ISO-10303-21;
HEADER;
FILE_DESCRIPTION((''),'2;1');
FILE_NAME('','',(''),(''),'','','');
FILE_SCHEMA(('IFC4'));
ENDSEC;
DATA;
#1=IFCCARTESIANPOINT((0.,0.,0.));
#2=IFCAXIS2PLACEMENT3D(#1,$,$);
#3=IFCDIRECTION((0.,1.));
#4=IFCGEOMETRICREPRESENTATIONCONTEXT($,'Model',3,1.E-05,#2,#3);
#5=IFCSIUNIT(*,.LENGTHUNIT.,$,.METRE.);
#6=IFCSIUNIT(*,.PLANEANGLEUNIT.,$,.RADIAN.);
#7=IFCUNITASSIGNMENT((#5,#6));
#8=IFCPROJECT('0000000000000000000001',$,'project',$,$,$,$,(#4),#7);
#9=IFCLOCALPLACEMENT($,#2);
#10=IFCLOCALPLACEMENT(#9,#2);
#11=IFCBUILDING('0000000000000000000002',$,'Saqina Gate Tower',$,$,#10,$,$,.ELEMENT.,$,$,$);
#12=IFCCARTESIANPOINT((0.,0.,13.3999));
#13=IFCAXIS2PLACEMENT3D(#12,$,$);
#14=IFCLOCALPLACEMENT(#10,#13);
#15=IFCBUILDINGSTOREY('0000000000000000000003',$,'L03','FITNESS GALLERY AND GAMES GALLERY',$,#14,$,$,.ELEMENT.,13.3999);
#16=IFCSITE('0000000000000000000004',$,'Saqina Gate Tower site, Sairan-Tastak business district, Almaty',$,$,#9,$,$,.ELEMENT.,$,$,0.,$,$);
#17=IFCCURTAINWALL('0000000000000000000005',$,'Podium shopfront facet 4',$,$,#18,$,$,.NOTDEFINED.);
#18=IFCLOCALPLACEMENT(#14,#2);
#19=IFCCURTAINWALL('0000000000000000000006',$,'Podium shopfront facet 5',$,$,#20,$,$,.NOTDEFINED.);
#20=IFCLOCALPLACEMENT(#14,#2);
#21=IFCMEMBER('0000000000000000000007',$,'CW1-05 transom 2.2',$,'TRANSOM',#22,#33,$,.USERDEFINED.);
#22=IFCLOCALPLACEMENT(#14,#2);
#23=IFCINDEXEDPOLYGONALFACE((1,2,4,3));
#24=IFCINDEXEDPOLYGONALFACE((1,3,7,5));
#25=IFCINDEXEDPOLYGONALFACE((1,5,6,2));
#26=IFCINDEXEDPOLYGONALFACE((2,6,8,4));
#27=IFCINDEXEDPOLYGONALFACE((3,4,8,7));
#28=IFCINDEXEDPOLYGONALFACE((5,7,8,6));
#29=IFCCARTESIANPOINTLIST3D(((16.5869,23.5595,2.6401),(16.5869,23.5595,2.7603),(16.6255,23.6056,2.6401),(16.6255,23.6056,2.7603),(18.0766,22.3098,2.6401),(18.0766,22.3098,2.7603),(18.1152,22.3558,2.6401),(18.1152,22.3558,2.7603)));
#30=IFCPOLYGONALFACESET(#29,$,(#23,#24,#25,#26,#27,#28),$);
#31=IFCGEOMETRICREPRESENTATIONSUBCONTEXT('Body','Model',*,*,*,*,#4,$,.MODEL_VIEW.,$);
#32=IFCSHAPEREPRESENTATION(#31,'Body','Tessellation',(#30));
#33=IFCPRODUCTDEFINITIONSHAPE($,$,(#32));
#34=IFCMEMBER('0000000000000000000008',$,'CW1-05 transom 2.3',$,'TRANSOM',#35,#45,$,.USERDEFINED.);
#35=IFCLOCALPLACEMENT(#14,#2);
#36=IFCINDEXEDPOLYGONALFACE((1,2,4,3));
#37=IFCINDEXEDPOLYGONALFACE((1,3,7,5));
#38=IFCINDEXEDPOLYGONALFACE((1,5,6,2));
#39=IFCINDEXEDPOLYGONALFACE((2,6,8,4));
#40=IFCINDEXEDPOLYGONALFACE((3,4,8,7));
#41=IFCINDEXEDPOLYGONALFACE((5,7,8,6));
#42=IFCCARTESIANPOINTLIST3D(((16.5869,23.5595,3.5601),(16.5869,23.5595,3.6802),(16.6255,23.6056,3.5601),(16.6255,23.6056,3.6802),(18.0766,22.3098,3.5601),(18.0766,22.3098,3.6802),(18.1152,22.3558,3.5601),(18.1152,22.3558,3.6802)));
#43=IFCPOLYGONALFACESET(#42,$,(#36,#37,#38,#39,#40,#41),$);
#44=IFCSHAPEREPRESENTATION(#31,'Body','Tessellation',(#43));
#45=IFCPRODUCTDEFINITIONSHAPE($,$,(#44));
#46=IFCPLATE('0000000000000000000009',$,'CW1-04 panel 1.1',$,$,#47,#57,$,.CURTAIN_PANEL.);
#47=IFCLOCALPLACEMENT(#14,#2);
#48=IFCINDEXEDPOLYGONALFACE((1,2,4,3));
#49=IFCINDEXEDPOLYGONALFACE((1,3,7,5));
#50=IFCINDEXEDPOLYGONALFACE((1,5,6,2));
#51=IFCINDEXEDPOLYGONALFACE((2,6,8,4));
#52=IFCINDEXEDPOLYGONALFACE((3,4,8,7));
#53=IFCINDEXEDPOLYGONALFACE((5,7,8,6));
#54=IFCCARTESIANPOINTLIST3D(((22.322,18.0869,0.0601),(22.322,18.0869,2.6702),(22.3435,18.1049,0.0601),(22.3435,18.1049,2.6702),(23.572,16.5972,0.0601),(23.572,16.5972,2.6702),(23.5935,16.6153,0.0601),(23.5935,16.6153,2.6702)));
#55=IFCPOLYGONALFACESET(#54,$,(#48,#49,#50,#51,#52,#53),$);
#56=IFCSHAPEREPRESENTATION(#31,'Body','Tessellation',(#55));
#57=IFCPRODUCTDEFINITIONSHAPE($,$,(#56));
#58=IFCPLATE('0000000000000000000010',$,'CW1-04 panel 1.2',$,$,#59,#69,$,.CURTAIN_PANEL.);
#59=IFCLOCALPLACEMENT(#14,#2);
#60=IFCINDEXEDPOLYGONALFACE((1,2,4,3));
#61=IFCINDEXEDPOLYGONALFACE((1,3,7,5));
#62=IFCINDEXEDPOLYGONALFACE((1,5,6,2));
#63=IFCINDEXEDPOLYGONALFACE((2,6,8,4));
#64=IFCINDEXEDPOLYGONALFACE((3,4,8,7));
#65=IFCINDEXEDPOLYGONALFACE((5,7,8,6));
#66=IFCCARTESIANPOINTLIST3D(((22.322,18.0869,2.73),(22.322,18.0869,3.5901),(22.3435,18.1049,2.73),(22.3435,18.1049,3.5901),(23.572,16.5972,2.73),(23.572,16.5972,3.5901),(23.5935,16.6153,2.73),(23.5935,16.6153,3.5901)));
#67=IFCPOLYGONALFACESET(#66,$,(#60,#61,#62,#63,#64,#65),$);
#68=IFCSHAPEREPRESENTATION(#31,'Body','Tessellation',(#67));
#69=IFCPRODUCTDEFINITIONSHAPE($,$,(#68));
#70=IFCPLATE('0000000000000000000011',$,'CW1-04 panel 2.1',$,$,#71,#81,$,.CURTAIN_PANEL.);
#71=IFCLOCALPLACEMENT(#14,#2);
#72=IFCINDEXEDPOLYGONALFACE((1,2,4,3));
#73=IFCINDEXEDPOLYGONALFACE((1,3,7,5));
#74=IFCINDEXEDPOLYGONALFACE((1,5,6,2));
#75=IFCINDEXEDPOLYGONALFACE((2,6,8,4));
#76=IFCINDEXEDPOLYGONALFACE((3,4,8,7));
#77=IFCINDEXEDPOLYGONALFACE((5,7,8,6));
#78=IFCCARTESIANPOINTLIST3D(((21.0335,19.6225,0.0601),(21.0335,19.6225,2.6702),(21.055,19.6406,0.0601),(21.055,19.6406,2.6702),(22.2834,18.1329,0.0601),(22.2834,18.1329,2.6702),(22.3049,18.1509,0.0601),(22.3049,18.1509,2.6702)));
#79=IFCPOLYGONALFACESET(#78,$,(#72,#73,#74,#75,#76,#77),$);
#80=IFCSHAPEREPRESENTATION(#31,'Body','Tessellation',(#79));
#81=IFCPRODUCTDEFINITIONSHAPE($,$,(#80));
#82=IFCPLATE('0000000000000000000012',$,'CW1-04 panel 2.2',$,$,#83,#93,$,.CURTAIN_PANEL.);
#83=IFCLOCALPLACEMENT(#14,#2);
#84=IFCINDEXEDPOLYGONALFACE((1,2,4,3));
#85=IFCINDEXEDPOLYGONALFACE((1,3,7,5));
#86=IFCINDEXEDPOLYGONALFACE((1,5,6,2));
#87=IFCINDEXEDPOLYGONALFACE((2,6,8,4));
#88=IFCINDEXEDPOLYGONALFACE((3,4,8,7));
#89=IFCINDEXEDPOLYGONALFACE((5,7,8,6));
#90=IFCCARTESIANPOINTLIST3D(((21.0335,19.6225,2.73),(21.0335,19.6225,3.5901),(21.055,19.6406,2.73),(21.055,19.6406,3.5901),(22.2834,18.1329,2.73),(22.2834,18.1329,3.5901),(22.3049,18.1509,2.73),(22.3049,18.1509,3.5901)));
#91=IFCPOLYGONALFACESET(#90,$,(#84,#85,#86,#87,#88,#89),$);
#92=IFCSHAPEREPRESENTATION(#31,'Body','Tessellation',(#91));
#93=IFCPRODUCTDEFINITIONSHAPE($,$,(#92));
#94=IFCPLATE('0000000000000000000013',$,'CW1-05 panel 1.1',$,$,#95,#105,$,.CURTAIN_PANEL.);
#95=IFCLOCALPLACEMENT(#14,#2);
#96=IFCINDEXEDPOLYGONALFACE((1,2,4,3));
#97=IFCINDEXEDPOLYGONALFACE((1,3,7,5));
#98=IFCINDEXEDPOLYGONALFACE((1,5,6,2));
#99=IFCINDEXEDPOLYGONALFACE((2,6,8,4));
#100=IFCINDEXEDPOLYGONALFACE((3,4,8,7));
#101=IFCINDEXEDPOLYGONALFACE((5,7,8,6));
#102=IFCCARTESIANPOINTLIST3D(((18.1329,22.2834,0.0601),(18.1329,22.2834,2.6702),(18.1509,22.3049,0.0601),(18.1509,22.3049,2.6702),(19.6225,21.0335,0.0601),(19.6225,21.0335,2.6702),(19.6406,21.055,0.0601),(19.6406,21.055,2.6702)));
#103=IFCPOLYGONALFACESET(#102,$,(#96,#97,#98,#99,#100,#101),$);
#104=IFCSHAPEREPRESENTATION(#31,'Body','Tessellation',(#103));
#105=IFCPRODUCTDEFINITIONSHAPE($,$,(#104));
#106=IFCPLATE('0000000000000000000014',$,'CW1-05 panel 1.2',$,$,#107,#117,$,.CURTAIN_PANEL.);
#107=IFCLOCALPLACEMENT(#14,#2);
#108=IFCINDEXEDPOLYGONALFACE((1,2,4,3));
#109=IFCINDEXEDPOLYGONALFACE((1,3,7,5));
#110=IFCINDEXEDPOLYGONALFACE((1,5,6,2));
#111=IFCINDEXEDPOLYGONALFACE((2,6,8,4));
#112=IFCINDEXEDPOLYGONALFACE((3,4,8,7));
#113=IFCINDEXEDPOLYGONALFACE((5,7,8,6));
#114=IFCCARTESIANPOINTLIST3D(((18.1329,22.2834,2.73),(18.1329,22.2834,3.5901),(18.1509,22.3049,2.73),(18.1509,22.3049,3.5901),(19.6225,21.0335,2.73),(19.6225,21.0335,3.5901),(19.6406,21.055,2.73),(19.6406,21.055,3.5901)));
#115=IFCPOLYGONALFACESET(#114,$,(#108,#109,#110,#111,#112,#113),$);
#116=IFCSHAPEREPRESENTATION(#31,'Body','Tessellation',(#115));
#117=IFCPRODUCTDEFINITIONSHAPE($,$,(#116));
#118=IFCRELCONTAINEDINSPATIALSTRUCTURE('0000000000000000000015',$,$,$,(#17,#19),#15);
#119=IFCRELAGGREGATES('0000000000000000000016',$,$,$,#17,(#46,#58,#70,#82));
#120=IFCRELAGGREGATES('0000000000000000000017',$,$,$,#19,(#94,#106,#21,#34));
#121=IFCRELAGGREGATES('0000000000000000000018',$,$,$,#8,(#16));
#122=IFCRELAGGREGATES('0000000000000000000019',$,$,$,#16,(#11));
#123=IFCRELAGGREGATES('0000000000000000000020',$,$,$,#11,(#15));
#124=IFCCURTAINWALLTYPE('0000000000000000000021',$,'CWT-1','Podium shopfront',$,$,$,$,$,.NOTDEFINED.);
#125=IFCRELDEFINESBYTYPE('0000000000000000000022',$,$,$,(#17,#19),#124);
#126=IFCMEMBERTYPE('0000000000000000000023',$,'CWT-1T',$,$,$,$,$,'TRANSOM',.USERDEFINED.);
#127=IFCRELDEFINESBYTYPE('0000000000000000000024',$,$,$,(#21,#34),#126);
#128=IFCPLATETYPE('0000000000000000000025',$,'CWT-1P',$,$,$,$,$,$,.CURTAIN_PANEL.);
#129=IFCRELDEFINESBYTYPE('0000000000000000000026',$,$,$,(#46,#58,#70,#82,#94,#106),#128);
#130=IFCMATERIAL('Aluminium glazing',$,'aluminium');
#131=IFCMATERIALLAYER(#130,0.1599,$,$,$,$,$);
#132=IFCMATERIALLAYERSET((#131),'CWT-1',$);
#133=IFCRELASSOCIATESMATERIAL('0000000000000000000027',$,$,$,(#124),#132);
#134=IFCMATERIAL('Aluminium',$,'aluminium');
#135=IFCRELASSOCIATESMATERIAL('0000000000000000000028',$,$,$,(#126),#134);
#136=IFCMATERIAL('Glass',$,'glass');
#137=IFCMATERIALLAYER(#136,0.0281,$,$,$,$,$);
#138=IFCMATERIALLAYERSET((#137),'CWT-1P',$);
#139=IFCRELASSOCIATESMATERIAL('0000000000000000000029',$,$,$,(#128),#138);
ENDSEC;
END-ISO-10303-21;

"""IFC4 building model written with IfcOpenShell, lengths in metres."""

from ifc_helpers import new_model, si_unit, direction, frame, origin, origin_2d, place, context, subcontext, project, spatial, rectangle, extrude, material, layer, layer_set, material_profile, profile_set, type_object, element, aggregate, save


model = new_model("IFC4")

# Units and contexts
model_context = context("Model", 3, precision=1e-05, world=origin(), true_north=direction((0.0, 1.0)))
body_context = subcontext(model_context, "Body", "Model", "MODEL_VIEW")
ifc_project = project(units=[si_unit("LENGTHUNIT", "METRE"), si_unit("PLANEANGLEUNIT", "RADIAN")], contexts=[model_context])

# Site, building, storey
site_placement = place(None, origin())
site = spatial("IfcSite", under=ifc_project, at=site_placement, Name="Saqina Gate Tower site, Sairan-Tastak business district, Almaty", CompositionType="ELEMENT", RefElevation=0.0)
building_placement = place(site_placement, origin())
building = spatial("IfcBuilding", under=site, at=building_placement, Name="Saqina Gate Tower", CompositionType="ELEMENT")
storey_placement = place(building_placement, frame((0.0, 0.0, 13.3999)))
storey = spatial("IfcBuildingStorey", under=building, at=storey_placement, Name="L03", Description="FITNESS GALLERY AND GAMES GALLERY", CompositionType="ELEMENT", Elevation=13.3999)

# Curtain walls
ifc_material_1 = material(Name="Aluminium glazing", Category="aluminium")
ifc_layer_1 = layer(ifc_material_1, 0.1599)
ifc_layer_set_1 = layer_set([ifc_layer_1], Name="CWT-1")
curtain_wall_type = type_object("IfcCurtainWallType", Name="CWT-1", Description="Podium shopfront", PredefinedType="NOTDEFINED", material=ifc_layer_set_1)
curtain_wall_1_placement = place(storey_placement, origin())
curtain_wall_1 = element("IfcCurtainWall", 1, at=curtain_wall_1_placement, inside=storey, type_object=curtain_wall_type, Name="Podium shopfront facet 4", PredefinedType="NOTDEFINED")
curtain_wall_2_placement = place(storey_placement, origin())
curtain_wall_2 = element("IfcCurtainWall", 2, at=curtain_wall_2_placement, inside=storey, type_object=curtain_wall_type, Name="Podium shopfront facet 5", PredefinedType="NOTDEFINED")

# Members
ifc_material_2 = material(Name="Aluminium", Category="aluminium")
ifc_material_profile_1 = material_profile(ifc_material_2, rectangle(XDim=0.0601, YDim=0.1201, at=origin_2d()), Name="Aluminium 60x120")
ifc_profile_set_1 = profile_set([ifc_material_profile_1], Name="Aluminium")
member_type_1 = type_object("IfcMemberType", Name="CWT-1T", ElementType="TRANSOM", PredefinedType="USERDEFINED", material=ifc_profile_set_1)
member_1_placement = place(storey_placement, frame((18.0959, 22.3328, 2.7002), z_axis=(-0.766118, 0.6427, 0.0), x_axis=(-0.6427, -0.766118, 0.0)))
member_1 = element("IfcMember", 3, at=member_1_placement, type_object=member_type_1, Name="CW1-05 transom 2.2", ObjectType="TRANSOM", PredefinedType="USERDEFINED", context=body_context, shape_type="SweptSolid", body=[
    extrude(rectangle(XDim=0.0601, YDim=0.1201, at=origin_2d()), origin(), (0.0, 0.0, 1.0), 1.9446),
])
member_2_placement = place(storey_placement, frame((18.0959, 22.3328, 3.6201), z_axis=(-0.766118, 0.6427, 0.0), x_axis=(-0.6427, -0.766118, 0.0)))
member_2 = element("IfcMember", 4, at=member_2_placement, type_object=member_type_1, Name="CW1-05 transom 2.3", ObjectType="TRANSOM", PredefinedType="USERDEFINED", context=body_context, shape_type="SweptSolid", body=[
    extrude(rectangle(XDim=0.0601, YDim=0.1201, at=origin_2d()), origin(), (0.0, 0.0, 1.0), 1.9446),
])

# Plates
ifc_material_3 = material(Name="Glass", Category="glass")
ifc_layer_2 = layer(ifc_material_3, 0.0281)
ifc_layer_set_2 = layer_set([ifc_layer_2], Name="CWT-1P")
plate_type = type_object("IfcPlateType", Name="CWT-1P", PredefinedType="CURTAIN_PANEL", material=ifc_layer_set_2)
plate_1_placement = place(storey_placement, frame((22.9578, 17.3511, 0.0601), z_axis=(0.0, 0.0, 1.0), x_axis=(-0.642779, 0.766051, 0.0)))
plate_1 = element("IfcPlate", 5, at=plate_1_placement, type_object=plate_type, Name="CW1-04 panel 1.1", PredefinedType="CURTAIN_PANEL", context=body_context, shape_type="SweptSolid", body=[
    extrude(rectangle(XDim=1.9446, YDim=0.0281, at=origin_2d()), origin(), (0.0, 0.0, 1.0), 2.6101),
])
plate_2_placement = place(storey_placement, frame((22.9578, 17.3511, 2.73), z_axis=(0.0, 0.0, 1.0), x_axis=(-0.642779, 0.766051, 0.0)))
plate_2 = element("IfcPlate", 6, at=plate_2_placement, type_object=plate_type, Name="CW1-04 panel 1.2", PredefinedType="CURTAIN_PANEL", context=body_context, shape_type="SweptSolid", body=[
    extrude(rectangle(XDim=1.9446, YDim=0.0281, at=origin_2d()), origin(), (0.0, 0.0, 1.0), 0.8601),
])
plate_3_placement = place(storey_placement, frame((21.6692, 18.8867, 0.0601), z_axis=(0.0, 0.0, 1.0), x_axis=(-0.642779, 0.766051, 0.0)))
plate_3 = element("IfcPlate", 7, at=plate_3_placement, type_object=plate_type, Name="CW1-04 panel 2.1", PredefinedType="CURTAIN_PANEL", context=body_context, shape_type="SweptSolid", body=[
    extrude(rectangle(XDim=1.9446, YDim=0.0281, at=origin_2d()), origin(), (0.0, 0.0, 1.0), 2.6101),
])
plate_4_placement = place(storey_placement, frame((21.6692, 18.8867, 2.73), z_axis=(0.0, 0.0, 1.0), x_axis=(-0.642779, 0.766051, 0.0)))
plate_4 = element("IfcPlate", 8, at=plate_4_placement, type_object=plate_type, Name="CW1-04 panel 2.2", PredefinedType="CURTAIN_PANEL", context=body_context, shape_type="SweptSolid", body=[
    extrude(rectangle(XDim=1.9446, YDim=0.0281, at=origin_2d()), origin(), (0.0, 0.0, 1.0), 0.8601),
])
aggregate(curtain_wall_1, [plate_1, plate_2, plate_3, plate_4])
plate_5_placement = place(storey_placement, frame((18.8867, 21.6692, 0.0601), z_axis=(0.0, 0.0, 1.0), x_axis=(-0.766051, 0.642779, 0.0)))
plate_5 = element("IfcPlate", 9, at=plate_5_placement, type_object=plate_type, Name="CW1-05 panel 1.1", PredefinedType="CURTAIN_PANEL", context=body_context, shape_type="SweptSolid", body=[
    extrude(rectangle(XDim=1.9446, YDim=0.0281, at=origin_2d()), origin(), (0.0, 0.0, 1.0), 2.6101),
])
plate_6_placement = place(storey_placement, frame((18.8867, 21.6692, 2.73), z_axis=(0.0, 0.0, 1.0), x_axis=(-0.766051, 0.642779, 0.0)))
plate_6 = element("IfcPlate", 10, at=plate_6_placement, type_object=plate_type, Name="CW1-05 panel 1.2", PredefinedType="CURTAIN_PANEL", context=body_context, shape_type="SweptSolid", body=[
    extrude(rectangle(XDim=1.9446, YDim=0.0281, at=origin_2d()), origin(), (0.0, 0.0, 1.0), 0.8601),
])
aggregate(curtain_wall_2, [plate_5, plate_6, member_1, member_2])

save(model, "model.ifc")
